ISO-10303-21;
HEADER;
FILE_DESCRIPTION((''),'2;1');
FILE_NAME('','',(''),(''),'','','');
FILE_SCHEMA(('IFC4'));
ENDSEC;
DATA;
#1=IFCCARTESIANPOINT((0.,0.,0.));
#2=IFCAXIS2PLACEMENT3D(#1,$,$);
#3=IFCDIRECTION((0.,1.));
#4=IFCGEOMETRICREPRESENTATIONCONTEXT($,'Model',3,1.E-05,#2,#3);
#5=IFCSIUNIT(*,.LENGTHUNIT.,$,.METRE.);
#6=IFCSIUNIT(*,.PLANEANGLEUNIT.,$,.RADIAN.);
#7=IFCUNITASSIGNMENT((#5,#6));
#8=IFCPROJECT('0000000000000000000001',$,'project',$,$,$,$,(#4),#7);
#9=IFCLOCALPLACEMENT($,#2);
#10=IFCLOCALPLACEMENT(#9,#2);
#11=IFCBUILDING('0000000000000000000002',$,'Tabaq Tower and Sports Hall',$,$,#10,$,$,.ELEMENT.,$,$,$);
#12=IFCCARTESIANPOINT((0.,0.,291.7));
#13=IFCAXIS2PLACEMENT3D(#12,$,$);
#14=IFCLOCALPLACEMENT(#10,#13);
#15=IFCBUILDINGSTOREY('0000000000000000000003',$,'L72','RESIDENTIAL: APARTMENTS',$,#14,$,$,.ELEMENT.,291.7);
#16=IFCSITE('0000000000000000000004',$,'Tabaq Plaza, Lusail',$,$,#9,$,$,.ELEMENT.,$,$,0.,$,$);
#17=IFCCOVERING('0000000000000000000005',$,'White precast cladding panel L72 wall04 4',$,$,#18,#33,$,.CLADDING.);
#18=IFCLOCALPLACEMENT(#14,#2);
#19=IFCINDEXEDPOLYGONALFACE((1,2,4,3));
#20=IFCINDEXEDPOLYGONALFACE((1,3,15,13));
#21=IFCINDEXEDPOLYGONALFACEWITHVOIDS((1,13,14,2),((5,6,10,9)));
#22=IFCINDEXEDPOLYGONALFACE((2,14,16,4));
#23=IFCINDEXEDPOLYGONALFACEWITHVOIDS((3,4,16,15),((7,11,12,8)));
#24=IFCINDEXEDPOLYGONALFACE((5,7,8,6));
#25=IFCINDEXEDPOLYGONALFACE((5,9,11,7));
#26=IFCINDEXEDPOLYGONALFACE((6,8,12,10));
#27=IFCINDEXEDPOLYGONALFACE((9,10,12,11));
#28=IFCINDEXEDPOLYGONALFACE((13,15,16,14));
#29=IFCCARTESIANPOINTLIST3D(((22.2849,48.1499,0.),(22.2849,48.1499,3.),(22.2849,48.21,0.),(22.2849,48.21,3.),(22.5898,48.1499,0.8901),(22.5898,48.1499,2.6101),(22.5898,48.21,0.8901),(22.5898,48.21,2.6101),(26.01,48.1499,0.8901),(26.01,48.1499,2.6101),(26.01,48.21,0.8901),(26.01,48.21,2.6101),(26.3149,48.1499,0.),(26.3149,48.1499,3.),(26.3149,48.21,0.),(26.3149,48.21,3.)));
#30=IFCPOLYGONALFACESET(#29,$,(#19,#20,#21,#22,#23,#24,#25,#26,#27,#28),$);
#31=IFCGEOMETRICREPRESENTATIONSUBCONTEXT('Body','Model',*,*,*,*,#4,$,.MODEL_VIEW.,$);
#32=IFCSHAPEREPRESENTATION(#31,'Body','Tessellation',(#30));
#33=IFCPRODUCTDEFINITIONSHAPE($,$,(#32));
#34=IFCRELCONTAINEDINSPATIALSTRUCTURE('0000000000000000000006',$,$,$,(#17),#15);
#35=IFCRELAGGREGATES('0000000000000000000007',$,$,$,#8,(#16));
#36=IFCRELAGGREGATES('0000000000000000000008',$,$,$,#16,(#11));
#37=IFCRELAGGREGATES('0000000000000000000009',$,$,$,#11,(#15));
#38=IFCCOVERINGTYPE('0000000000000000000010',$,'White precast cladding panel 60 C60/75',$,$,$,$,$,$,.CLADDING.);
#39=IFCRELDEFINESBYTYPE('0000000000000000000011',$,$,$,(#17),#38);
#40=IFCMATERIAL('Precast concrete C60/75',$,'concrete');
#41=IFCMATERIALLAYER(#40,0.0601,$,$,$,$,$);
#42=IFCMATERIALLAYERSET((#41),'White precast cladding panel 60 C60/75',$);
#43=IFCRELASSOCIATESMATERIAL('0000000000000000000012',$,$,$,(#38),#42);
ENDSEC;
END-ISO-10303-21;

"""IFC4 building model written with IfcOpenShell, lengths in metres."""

from ifc_helpers import new_model, si_unit, direction, frame, origin, place, context, subcontext, project, spatial, polyline, outline, extrude, material, layer, layer_set, type_object, element, save


model = new_model("IFC4")

# Units and contexts
model_context = context("Model", 3, precision=1e-05, world=origin(), true_north=direction((0.0, 1.0)))
body_context = subcontext(model_context, "Body", "Model", "MODEL_VIEW")
ifc_project = project(units=[si_unit("LENGTHUNIT", "METRE"), si_unit("PLANEANGLEUNIT", "RADIAN")], contexts=[model_context])

# Site, building, storey
site_placement = place(None, origin())
site = spatial("IfcSite", under=ifc_project, at=site_placement, Name="Tabaq Plaza, Lusail", CompositionType="ELEMENT", RefElevation=0.0)
building_placement = place(site_placement, origin())
building = spatial("IfcBuilding", under=site, at=building_placement, Name="Tabaq Tower and Sports Hall", CompositionType="ELEMENT")
storey_placement = place(building_placement, frame((0.0, 0.0, 291.7)))
storey = spatial("IfcBuildingStorey", under=building, at=storey_placement, Name="L72", Description="RESIDENTIAL: APARTMENTS", CompositionType="ELEMENT", Elevation=291.7)

# Covering
ifc_material_1 = material(Name="Precast concrete C60/75", Category="concrete")
ifc_layer_1 = layer(ifc_material_1, 0.0601)
ifc_layer_set_1 = layer_set([ifc_layer_1], Name="White precast cladding panel 60 C60/75")
covering_type_1 = type_object("IfcCoveringType", Name="White precast cladding panel 60 C60/75", PredefinedType="CLADDING", material=ifc_layer_set_1)
covering_1_placement = place(storey_placement, frame((26.3149, 48.1799, 0.0), z_axis=(0.0, 0.0, 1.0), x_axis=(-1.0, 0.0, 0.0)))
element("IfcCovering", 1, at=covering_1_placement, inside=storey, type_object=covering_type_1, Name="White precast cladding panel L72 wall04 4", PredefinedType="CLADDING", context=body_context, shape_type="SweptSolid", body=[
    extrude(outline(polyline([(0.0, 0.0), (4.03, 0.0), (4.03, 3.0), (0.0, 3.0), (0.0, 0.0)]), holes=[polyline([(0.3049, 0.8901), (0.3049, 2.6101), (3.7251, 2.6101), (3.7251, 0.8901), (0.3049, 0.8901)])]), frame((0.0, 0.03, 0.0), z_axis=(0.0, -1.0, 0.0), x_axis=(1.0, 0.0, 0.0)), (0.0, 0.0, 1.0), 0.0601),
])

save(model, "model.ifc")
